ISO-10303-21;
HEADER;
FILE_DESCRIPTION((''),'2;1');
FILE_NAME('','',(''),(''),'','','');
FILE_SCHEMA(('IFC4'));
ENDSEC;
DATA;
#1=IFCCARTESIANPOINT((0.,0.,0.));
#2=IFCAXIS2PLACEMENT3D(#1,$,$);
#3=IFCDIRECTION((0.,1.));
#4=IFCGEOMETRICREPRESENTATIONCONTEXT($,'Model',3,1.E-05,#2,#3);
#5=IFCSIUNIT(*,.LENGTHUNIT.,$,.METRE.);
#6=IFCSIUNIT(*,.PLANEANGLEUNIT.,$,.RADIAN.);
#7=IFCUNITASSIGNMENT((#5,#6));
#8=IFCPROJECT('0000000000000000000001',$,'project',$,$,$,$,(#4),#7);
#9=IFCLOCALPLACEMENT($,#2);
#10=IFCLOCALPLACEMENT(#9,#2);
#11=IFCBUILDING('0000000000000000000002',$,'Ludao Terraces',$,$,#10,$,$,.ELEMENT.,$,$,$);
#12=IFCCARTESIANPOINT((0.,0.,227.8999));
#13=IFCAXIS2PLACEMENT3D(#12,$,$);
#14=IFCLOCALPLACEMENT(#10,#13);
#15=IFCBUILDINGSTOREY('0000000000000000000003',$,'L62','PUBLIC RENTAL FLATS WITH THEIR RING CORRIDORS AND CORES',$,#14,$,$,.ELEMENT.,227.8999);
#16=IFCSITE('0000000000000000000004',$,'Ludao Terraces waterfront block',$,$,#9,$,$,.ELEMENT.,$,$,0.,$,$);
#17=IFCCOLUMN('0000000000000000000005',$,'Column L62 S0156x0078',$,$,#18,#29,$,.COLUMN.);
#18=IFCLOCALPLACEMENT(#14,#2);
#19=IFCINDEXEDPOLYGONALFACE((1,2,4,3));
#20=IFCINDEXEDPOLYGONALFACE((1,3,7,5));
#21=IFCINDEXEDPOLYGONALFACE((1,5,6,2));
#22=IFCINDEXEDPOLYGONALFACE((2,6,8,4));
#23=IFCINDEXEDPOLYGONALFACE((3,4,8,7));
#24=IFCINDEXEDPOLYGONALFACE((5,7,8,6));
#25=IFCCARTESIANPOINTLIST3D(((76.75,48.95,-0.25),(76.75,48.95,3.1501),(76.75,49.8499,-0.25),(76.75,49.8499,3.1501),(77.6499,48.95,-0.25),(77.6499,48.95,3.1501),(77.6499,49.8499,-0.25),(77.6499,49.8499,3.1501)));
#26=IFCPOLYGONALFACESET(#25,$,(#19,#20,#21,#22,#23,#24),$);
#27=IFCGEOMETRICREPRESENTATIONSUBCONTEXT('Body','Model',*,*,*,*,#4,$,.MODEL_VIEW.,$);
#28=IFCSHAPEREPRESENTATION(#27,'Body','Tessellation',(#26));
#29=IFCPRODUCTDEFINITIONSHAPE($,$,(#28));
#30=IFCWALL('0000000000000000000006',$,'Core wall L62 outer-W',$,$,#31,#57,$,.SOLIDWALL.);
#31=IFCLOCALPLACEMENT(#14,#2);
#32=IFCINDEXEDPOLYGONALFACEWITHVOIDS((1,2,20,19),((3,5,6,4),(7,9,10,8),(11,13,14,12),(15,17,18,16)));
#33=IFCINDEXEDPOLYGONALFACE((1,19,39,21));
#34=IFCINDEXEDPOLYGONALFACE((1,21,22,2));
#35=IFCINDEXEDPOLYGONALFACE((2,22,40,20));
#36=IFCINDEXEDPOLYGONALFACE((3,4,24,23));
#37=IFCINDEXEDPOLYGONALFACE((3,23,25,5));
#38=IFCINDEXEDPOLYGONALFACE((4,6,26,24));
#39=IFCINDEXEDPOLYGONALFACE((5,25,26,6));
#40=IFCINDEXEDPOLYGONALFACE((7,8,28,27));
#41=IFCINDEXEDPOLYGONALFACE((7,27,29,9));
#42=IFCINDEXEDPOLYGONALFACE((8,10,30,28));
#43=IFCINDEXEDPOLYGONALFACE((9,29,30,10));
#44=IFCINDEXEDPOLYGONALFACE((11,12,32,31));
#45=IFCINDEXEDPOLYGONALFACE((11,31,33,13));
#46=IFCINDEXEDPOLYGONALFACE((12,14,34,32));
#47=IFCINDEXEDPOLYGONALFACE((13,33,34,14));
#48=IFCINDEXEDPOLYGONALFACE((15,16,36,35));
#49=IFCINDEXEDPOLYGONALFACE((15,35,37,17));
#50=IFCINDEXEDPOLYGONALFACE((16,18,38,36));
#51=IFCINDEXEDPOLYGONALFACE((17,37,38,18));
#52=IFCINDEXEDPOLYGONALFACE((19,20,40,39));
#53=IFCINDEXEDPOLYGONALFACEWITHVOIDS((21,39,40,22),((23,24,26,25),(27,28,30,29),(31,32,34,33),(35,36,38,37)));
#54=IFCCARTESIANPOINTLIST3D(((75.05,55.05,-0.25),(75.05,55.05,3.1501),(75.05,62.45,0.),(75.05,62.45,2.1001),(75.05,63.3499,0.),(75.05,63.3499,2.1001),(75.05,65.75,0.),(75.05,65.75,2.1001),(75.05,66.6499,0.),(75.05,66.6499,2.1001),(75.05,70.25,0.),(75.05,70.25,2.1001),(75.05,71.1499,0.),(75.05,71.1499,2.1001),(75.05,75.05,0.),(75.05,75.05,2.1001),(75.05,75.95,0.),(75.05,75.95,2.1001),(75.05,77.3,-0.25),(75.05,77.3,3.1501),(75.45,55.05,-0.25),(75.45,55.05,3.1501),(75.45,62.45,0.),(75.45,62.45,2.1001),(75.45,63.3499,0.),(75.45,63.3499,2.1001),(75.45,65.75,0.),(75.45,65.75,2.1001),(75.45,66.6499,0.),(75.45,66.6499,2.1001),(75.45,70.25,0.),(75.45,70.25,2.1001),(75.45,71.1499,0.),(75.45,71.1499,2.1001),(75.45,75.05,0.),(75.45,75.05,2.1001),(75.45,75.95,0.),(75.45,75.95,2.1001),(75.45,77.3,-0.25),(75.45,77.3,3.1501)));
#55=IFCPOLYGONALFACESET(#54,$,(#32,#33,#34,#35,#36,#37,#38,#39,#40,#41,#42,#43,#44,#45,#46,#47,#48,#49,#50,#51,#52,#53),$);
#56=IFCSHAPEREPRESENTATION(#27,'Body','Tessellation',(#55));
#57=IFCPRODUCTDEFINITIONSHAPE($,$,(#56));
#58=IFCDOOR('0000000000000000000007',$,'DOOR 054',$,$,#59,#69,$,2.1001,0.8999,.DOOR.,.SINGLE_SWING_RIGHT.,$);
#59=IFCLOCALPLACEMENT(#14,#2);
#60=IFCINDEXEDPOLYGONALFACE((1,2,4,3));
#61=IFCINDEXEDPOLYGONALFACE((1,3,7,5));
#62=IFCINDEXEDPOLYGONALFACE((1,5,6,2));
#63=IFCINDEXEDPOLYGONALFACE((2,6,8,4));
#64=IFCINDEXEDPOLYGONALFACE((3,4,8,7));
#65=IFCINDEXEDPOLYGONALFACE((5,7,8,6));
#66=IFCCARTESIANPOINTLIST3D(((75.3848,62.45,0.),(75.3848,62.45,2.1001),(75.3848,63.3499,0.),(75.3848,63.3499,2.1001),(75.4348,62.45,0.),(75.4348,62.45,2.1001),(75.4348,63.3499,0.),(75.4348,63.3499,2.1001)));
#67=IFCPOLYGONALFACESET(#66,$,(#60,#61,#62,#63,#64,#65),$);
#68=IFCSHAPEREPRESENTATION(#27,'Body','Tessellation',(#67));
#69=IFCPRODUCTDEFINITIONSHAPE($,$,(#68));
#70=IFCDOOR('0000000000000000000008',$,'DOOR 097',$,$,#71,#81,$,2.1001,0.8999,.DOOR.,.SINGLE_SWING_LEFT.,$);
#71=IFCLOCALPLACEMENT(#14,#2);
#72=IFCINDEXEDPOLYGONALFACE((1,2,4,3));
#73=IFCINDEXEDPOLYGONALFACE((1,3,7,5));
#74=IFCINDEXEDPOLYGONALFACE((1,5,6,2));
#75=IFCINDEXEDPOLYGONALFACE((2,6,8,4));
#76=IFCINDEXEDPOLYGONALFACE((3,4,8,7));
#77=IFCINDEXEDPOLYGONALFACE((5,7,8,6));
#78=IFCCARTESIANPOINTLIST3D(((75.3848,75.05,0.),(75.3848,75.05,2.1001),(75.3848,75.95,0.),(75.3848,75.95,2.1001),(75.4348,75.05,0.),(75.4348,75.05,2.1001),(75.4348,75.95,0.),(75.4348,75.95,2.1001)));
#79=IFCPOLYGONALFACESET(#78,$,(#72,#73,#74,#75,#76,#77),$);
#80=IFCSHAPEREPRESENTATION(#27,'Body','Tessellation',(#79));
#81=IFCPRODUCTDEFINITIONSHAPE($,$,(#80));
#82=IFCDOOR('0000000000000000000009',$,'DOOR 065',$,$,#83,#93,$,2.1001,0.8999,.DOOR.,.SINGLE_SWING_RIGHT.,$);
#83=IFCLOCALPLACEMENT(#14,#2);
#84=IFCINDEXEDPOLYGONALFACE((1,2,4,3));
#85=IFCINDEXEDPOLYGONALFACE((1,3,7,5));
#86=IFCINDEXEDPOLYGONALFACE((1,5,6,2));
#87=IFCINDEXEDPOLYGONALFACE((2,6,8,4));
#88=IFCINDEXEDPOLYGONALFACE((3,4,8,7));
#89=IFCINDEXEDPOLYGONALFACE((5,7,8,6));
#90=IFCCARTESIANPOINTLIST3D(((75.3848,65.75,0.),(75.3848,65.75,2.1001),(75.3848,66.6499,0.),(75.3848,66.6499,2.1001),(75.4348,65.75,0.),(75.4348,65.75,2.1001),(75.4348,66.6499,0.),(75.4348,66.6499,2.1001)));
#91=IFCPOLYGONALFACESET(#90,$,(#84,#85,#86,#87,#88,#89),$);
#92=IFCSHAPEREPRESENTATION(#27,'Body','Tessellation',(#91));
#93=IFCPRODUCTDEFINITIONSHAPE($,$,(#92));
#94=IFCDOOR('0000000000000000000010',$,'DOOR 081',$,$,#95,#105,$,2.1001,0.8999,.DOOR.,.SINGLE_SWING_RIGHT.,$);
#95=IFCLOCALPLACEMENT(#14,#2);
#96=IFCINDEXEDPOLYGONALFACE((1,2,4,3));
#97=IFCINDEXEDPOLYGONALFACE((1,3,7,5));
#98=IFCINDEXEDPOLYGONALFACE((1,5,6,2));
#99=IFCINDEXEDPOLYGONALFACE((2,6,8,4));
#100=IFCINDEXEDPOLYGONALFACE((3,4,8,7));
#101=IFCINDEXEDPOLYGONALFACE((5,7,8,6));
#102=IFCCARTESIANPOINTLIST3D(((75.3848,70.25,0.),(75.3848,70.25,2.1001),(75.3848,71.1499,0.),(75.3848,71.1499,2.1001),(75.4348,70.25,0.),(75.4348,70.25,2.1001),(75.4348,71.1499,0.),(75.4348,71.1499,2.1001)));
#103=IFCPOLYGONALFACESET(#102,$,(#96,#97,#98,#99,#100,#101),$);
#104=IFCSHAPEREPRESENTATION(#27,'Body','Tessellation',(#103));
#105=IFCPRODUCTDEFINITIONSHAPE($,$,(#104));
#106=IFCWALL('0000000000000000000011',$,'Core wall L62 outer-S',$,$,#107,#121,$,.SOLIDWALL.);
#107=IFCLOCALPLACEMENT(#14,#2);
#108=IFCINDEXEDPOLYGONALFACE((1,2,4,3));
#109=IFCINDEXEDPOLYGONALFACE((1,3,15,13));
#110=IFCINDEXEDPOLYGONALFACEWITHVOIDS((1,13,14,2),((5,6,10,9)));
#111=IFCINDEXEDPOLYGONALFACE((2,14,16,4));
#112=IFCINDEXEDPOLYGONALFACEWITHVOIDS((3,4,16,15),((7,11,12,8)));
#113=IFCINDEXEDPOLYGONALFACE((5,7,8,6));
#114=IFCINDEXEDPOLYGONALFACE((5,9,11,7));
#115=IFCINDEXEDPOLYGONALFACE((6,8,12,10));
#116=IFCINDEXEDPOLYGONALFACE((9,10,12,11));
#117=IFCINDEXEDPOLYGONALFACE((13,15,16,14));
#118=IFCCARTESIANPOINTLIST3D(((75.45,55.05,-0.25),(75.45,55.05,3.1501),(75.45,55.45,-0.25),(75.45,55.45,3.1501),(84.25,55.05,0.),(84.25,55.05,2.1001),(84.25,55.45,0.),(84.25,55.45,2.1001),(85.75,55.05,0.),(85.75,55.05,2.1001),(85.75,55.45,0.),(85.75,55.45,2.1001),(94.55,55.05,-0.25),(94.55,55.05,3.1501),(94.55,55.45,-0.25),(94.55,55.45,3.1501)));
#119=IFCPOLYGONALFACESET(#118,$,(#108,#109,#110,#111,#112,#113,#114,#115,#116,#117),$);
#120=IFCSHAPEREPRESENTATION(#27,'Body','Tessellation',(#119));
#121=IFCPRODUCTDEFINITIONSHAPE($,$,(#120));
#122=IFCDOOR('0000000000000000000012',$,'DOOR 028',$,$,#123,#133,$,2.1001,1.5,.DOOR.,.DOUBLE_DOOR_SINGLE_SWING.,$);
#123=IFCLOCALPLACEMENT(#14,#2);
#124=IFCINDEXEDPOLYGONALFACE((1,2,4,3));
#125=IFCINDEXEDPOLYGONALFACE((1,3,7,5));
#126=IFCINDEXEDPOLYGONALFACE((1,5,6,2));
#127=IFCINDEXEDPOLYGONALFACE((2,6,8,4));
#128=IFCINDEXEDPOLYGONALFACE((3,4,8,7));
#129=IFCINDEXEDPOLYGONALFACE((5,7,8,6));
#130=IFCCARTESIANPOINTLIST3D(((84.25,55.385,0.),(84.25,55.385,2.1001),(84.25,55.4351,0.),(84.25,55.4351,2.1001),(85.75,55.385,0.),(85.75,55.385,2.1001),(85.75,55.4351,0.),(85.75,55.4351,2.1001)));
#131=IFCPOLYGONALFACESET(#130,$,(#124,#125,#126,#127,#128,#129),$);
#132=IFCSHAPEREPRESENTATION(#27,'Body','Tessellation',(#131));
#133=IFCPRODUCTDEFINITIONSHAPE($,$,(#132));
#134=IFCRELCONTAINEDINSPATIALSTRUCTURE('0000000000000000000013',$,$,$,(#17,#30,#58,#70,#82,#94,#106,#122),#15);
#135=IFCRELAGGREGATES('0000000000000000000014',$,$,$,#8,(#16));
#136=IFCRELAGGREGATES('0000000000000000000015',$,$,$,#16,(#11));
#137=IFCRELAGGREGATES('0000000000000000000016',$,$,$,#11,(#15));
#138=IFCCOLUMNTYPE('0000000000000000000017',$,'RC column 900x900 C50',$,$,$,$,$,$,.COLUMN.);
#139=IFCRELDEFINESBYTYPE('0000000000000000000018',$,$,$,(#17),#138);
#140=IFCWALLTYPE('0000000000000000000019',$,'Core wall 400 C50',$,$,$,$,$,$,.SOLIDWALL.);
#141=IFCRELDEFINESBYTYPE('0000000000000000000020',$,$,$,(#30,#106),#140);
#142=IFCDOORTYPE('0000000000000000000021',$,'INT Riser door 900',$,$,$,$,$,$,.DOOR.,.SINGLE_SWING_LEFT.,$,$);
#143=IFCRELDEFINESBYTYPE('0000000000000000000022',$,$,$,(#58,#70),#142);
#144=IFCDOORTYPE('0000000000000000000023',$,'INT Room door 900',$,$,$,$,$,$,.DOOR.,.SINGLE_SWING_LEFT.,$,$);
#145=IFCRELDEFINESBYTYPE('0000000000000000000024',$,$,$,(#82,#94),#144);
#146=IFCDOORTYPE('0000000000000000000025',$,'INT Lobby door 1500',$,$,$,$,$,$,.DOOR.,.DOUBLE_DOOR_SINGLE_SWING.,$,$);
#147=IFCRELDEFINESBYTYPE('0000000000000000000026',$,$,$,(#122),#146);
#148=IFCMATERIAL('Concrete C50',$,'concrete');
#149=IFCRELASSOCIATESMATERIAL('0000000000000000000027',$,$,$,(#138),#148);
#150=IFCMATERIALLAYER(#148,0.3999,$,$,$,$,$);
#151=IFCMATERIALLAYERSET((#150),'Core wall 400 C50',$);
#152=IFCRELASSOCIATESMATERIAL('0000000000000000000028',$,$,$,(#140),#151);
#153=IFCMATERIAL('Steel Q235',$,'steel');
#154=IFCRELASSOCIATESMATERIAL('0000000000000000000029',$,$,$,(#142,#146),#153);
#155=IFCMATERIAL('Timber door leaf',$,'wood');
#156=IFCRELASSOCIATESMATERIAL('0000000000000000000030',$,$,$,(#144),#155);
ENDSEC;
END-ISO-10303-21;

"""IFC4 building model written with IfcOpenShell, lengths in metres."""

from ifc_helpers import new_model, si_unit, direction, frame, frame_2d, origin, origin_2d, place, context, subcontext, project, spatial, rectangle, extrude, material, layer, layer_set, material_profile, profile_set, type_object, element, fill, save


model = new_model("IFC4")

# Units and contexts
model_context = context("Model", 3, precision=1e-05, world=origin(), true_north=direction((0.0, 1.0)))
body_context = subcontext(model_context, "Body", "Model", "MODEL_VIEW")
ifc_project = project(units=[si_unit("LENGTHUNIT", "METRE"), si_unit("PLANEANGLEUNIT", "RADIAN")], contexts=[model_context])

# Site, building, storey
site_placement = place(None, origin())
site = spatial("IfcSite", under=ifc_project, at=site_placement, Name="Ludao Terraces waterfront block", CompositionType="ELEMENT", RefElevation=0.0)
building_placement = place(site_placement, origin())
building = spatial("IfcBuilding", under=site, at=building_placement, Name="Ludao Terraces", CompositionType="ELEMENT")
storey_placement = place(building_placement, frame((0.0, 0.0, 227.8999)))
storey = spatial("IfcBuildingStorey", under=building, at=storey_placement, Name="L62", Description="PUBLIC RENTAL FLATS WITH THEIR RING CORRIDORS AND CORES", CompositionType="ELEMENT", Elevation=227.8999)

# Column
ifc_material_1 = material(Name="Concrete C50", Category="concrete")
ifc_material_profile = material_profile(ifc_material_1, rectangle(XDim=0.8999, YDim=0.8999, at=origin_2d()), Name="900 X 900")
ifc_profile_set = profile_set([ifc_material_profile], Name="Concrete C50")
column_type = type_object("IfcColumnType", Name="RC column 900x900 C50", PredefinedType="COLUMN", material=ifc_profile_set)
column_placement = place(storey_placement, frame((77.2, 49.3999, -0.25), z_axis=(0.0, 0.0, 1.0), x_axis=(1.0, 0.0, 0.0)))
element("IfcColumn", 1, at=column_placement, inside=storey, type_object=column_type, Name="Column L62 S0156x0078", PredefinedType="COLUMN", context=body_context, shape_type="SweptSolid", body=[
    extrude(rectangle(XDim=0.8999, YDim=0.8999, at=origin_2d()), origin(), (0.0, 0.0, 1.0), 3.4001),
])

# Wall, openings, doors
ifc_layer_1 = layer(ifc_material_1, 0.3999)
ifc_layer_set_1 = layer_set([ifc_layer_1], Name="Core wall 400 C50")
wall_type_1 = type_object("IfcWallType", Name="Core wall 400 C50", PredefinedType="SOLIDWALL", material=ifc_layer_set_1)
wall_1_placement = place(storey_placement, frame((75.25, 55.05, -0.25), z_axis=(0.0, 0.0, 1.0), x_axis=(0.0, 1.0, 0.0)))
wall_1 = element("IfcWall", 2, at=wall_1_placement, inside=storey, type_object=wall_type_1, Name="Core wall L62 outer-W", PredefinedType="SOLIDWALL", context=body_context, shape_type="SweptSolid", body=[
    extrude(rectangle(XDim=22.25, YDim=0.3999, at=frame_2d((11.125, 0.0))), origin(), (0.0, 0.0, 1.0), 3.4001),
])
opening_1_placement = place(wall_1_placement, frame((7.3999, 0.0, 0.25)))
opening_1 = element("IfcOpeningElement", 3, at=opening_1_placement, cuts=wall_1, PredefinedType="OPENING", context=body_context, shape_type="SweptSolid", body=[
    extrude(rectangle(XDim=0.8999, YDim=2.1001, at=frame_2d((0.45, 1.05))), frame((0.0, 0.21, 0.0), z_axis=(0.0, -1.0, 0.0), x_axis=(1.0, 0.0, 0.0)), (0.0, 0.0, 1.0), 0.4199),
])
opening_2_placement = place(wall_1_placement, frame((10.7, 0.0, 0.25)))
opening_2 = element("IfcOpeningElement", 4, at=opening_2_placement, cuts=wall_1, PredefinedType="OPENING", context=body_context, shape_type="SweptSolid", body=[
    extrude(rectangle(XDim=0.8999, YDim=2.1001, at=frame_2d((0.45, 1.05))), frame((0.0, 0.21, 0.0), z_axis=(0.0, -1.0, 0.0), x_axis=(1.0, 0.0, 0.0)), (0.0, 0.0, 1.0), 0.4199),
])
opening_3_placement = place(wall_1_placement, frame((15.2, 0.0, 0.25)))
opening_3 = element("IfcOpeningElement", 5, at=opening_3_placement, cuts=wall_1, PredefinedType="OPENING", context=body_context, shape_type="SweptSolid", body=[
    extrude(rectangle(XDim=0.8999, YDim=2.1001, at=frame_2d((0.45, 1.05))), frame((0.0, 0.21, 0.0), z_axis=(0.0, -1.0, 0.0), x_axis=(1.0, 0.0, 0.0)), (0.0, 0.0, 1.0), 0.4199),
])
opening_4_placement = place(wall_1_placement, frame((20.0, 0.0, 0.25)))
opening_4 = element("IfcOpeningElement", 6, at=opening_4_placement, cuts=wall_1, PredefinedType="OPENING", context=body_context, shape_type="SweptSolid", body=[
    extrude(rectangle(XDim=0.8999, YDim=2.1001, at=frame_2d((0.45, 1.05))), frame((0.0, 0.21, 0.0), z_axis=(0.0, -1.0, 0.0), x_axis=(1.0, 0.0, 0.0)), (0.0, 0.0, 1.0), 0.4199),
])
ifc_material_2 = material(Name="Steel Q235", Category="steel")
door_type_1 = type_object("IfcDoorType", Name="INT Riser door 900", OperationType="SINGLE_SWING_LEFT", PredefinedType="DOOR", material=ifc_material_2)
door_1_placement = place(opening_1_placement, origin())
door_1 = element("IfcDoor", 7, at=door_1_placement, inside=storey, type_object=door_type_1, Name="DOOR 054", OperationType="SINGLE_SWING_RIGHT", OverallHeight=2.1001, OverallWidth=0.8999, PredefinedType="DOOR", context=body_context, shape_type="SweptSolid", body=[
    extrude(rectangle(XDim=0.8999, YDim=2.1001, at=frame_2d((0.45, 1.05))), frame((0.0, -0.1348, 0.0), z_axis=(0.0, -1.0, 0.0), x_axis=(1.0, 0.0, 0.0)), (0.0, 0.0, 1.0), 0.05),
])
fill(opening_1, door_1)
door_2_placement = place(opening_4_placement, origin())
door_2 = element("IfcDoor", 8, at=door_2_placement, inside=storey, type_object=door_type_1, Name="DOOR 097", OperationType="SINGLE_SWING_LEFT", OverallHeight=2.1001, OverallWidth=0.8999, PredefinedType="DOOR", context=body_context, shape_type="SweptSolid", body=[
    extrude(rectangle(XDim=0.8999, YDim=2.1001, at=frame_2d((0.45, 1.05))), frame((0.0, -0.1348, 0.0), z_axis=(0.0, -1.0, 0.0), x_axis=(1.0, 0.0, 0.0)), (0.0, 0.0, 1.0), 0.05),
])
fill(opening_4, door_2)
ifc_material_3 = material(Name="Timber door leaf", Category="wood")
door_type_2 = type_object("IfcDoorType", Name="INT Room door 900", OperationType="SINGLE_SWING_LEFT", PredefinedType="DOOR", material=ifc_material_3)
door_3_placement = place(opening_2_placement, origin())
door_3 = element("IfcDoor", 9, at=door_3_placement, inside=storey, type_object=door_type_2, Name="DOOR 065", OperationType="SINGLE_SWING_RIGHT", OverallHeight=2.1001, OverallWidth=0.8999, PredefinedType="DOOR", context=body_context, shape_type="SweptSolid", body=[
    extrude(rectangle(XDim=0.8999, YDim=2.1001, at=frame_2d((0.45, 1.05))), frame((0.0, -0.1348, 0.0), z_axis=(0.0, -1.0, 0.0), x_axis=(1.0, 0.0, 0.0)), (0.0, 0.0, 1.0), 0.05),
])
fill(opening_2, door_3)
door_4_placement = place(opening_3_placement, origin())
door_4 = element("IfcDoor", 10, at=door_4_placement, inside=storey, type_object=door_type_2, Name="DOOR 081", OperationType="SINGLE_SWING_RIGHT", OverallHeight=2.1001, OverallWidth=0.8999, PredefinedType="DOOR", context=body_context, shape_type="SweptSolid", body=[
    extrude(rectangle(XDim=0.8999, YDim=2.1001, at=frame_2d((0.45, 1.05))), frame((0.0, -0.1348, 0.0), z_axis=(0.0, -1.0, 0.0), x_axis=(1.0, 0.0, 0.0)), (0.0, 0.0, 1.0), 0.05),
])
fill(opening_3, door_4)

# Wall, opening, door
wall_2_placement = place(storey_placement, frame((75.45, 55.25, -0.25), z_axis=(0.0, 0.0, 1.0), x_axis=(1.0, 0.0, 0.0)))
wall_2 = element("IfcWall", 11, at=wall_2_placement, inside=storey, type_object=wall_type_1, Name="Core wall L62 outer-S", PredefinedType="SOLIDWALL", context=body_context, shape_type="SweptSolid", body=[
    extrude(rectangle(XDim=19.1001, YDim=0.3999, at=frame_2d((9.55, 0.0))), origin(), (0.0, 0.0, 1.0), 3.4001),
])
opening_5_placement = place(wall_2_placement, frame((8.8, 0.0, 0.25)))
opening_5 = element("IfcOpeningElement", 12, at=opening_5_placement, cuts=wall_2, PredefinedType="OPENING", context=body_context, shape_type="SweptSolid", body=[
    extrude(rectangle(XDim=1.5, YDim=2.1001, at=frame_2d((0.75, 1.05))), frame((0.0, 0.21, 0.0), z_axis=(0.0, -1.0, 0.0), x_axis=(1.0, 0.0, 0.0)), (0.0, 0.0, 1.0), 0.4199),
])
door_type_3 = type_object("IfcDoorType", Name="INT Lobby door 1500", OperationType="DOUBLE_DOOR_SINGLE_SWING", PredefinedType="DOOR", material=ifc_material_2)
door_5_placement = place(opening_5_placement, origin())
door_5 = element("IfcDoor", 13, at=door_5_placement, inside=storey, type_object=door_type_3, Name="DOOR 028", OperationType="DOUBLE_DOOR_SINGLE_SWING", OverallHeight=2.1001, OverallWidth=1.5, PredefinedType="DOOR", context=body_context, shape_type="SweptSolid", body=[
    extrude(rectangle(XDim=1.5, YDim=2.1001, at=frame_2d((0.75, 1.05))), frame((0.0, 0.1851, 0.0), z_axis=(0.0, -1.0, 0.0), x_axis=(1.0, 0.0, 0.0)), (0.0, 0.0, 1.0), 0.05),
])
fill(opening_5, door_5)

save(model, "model.ifc")
